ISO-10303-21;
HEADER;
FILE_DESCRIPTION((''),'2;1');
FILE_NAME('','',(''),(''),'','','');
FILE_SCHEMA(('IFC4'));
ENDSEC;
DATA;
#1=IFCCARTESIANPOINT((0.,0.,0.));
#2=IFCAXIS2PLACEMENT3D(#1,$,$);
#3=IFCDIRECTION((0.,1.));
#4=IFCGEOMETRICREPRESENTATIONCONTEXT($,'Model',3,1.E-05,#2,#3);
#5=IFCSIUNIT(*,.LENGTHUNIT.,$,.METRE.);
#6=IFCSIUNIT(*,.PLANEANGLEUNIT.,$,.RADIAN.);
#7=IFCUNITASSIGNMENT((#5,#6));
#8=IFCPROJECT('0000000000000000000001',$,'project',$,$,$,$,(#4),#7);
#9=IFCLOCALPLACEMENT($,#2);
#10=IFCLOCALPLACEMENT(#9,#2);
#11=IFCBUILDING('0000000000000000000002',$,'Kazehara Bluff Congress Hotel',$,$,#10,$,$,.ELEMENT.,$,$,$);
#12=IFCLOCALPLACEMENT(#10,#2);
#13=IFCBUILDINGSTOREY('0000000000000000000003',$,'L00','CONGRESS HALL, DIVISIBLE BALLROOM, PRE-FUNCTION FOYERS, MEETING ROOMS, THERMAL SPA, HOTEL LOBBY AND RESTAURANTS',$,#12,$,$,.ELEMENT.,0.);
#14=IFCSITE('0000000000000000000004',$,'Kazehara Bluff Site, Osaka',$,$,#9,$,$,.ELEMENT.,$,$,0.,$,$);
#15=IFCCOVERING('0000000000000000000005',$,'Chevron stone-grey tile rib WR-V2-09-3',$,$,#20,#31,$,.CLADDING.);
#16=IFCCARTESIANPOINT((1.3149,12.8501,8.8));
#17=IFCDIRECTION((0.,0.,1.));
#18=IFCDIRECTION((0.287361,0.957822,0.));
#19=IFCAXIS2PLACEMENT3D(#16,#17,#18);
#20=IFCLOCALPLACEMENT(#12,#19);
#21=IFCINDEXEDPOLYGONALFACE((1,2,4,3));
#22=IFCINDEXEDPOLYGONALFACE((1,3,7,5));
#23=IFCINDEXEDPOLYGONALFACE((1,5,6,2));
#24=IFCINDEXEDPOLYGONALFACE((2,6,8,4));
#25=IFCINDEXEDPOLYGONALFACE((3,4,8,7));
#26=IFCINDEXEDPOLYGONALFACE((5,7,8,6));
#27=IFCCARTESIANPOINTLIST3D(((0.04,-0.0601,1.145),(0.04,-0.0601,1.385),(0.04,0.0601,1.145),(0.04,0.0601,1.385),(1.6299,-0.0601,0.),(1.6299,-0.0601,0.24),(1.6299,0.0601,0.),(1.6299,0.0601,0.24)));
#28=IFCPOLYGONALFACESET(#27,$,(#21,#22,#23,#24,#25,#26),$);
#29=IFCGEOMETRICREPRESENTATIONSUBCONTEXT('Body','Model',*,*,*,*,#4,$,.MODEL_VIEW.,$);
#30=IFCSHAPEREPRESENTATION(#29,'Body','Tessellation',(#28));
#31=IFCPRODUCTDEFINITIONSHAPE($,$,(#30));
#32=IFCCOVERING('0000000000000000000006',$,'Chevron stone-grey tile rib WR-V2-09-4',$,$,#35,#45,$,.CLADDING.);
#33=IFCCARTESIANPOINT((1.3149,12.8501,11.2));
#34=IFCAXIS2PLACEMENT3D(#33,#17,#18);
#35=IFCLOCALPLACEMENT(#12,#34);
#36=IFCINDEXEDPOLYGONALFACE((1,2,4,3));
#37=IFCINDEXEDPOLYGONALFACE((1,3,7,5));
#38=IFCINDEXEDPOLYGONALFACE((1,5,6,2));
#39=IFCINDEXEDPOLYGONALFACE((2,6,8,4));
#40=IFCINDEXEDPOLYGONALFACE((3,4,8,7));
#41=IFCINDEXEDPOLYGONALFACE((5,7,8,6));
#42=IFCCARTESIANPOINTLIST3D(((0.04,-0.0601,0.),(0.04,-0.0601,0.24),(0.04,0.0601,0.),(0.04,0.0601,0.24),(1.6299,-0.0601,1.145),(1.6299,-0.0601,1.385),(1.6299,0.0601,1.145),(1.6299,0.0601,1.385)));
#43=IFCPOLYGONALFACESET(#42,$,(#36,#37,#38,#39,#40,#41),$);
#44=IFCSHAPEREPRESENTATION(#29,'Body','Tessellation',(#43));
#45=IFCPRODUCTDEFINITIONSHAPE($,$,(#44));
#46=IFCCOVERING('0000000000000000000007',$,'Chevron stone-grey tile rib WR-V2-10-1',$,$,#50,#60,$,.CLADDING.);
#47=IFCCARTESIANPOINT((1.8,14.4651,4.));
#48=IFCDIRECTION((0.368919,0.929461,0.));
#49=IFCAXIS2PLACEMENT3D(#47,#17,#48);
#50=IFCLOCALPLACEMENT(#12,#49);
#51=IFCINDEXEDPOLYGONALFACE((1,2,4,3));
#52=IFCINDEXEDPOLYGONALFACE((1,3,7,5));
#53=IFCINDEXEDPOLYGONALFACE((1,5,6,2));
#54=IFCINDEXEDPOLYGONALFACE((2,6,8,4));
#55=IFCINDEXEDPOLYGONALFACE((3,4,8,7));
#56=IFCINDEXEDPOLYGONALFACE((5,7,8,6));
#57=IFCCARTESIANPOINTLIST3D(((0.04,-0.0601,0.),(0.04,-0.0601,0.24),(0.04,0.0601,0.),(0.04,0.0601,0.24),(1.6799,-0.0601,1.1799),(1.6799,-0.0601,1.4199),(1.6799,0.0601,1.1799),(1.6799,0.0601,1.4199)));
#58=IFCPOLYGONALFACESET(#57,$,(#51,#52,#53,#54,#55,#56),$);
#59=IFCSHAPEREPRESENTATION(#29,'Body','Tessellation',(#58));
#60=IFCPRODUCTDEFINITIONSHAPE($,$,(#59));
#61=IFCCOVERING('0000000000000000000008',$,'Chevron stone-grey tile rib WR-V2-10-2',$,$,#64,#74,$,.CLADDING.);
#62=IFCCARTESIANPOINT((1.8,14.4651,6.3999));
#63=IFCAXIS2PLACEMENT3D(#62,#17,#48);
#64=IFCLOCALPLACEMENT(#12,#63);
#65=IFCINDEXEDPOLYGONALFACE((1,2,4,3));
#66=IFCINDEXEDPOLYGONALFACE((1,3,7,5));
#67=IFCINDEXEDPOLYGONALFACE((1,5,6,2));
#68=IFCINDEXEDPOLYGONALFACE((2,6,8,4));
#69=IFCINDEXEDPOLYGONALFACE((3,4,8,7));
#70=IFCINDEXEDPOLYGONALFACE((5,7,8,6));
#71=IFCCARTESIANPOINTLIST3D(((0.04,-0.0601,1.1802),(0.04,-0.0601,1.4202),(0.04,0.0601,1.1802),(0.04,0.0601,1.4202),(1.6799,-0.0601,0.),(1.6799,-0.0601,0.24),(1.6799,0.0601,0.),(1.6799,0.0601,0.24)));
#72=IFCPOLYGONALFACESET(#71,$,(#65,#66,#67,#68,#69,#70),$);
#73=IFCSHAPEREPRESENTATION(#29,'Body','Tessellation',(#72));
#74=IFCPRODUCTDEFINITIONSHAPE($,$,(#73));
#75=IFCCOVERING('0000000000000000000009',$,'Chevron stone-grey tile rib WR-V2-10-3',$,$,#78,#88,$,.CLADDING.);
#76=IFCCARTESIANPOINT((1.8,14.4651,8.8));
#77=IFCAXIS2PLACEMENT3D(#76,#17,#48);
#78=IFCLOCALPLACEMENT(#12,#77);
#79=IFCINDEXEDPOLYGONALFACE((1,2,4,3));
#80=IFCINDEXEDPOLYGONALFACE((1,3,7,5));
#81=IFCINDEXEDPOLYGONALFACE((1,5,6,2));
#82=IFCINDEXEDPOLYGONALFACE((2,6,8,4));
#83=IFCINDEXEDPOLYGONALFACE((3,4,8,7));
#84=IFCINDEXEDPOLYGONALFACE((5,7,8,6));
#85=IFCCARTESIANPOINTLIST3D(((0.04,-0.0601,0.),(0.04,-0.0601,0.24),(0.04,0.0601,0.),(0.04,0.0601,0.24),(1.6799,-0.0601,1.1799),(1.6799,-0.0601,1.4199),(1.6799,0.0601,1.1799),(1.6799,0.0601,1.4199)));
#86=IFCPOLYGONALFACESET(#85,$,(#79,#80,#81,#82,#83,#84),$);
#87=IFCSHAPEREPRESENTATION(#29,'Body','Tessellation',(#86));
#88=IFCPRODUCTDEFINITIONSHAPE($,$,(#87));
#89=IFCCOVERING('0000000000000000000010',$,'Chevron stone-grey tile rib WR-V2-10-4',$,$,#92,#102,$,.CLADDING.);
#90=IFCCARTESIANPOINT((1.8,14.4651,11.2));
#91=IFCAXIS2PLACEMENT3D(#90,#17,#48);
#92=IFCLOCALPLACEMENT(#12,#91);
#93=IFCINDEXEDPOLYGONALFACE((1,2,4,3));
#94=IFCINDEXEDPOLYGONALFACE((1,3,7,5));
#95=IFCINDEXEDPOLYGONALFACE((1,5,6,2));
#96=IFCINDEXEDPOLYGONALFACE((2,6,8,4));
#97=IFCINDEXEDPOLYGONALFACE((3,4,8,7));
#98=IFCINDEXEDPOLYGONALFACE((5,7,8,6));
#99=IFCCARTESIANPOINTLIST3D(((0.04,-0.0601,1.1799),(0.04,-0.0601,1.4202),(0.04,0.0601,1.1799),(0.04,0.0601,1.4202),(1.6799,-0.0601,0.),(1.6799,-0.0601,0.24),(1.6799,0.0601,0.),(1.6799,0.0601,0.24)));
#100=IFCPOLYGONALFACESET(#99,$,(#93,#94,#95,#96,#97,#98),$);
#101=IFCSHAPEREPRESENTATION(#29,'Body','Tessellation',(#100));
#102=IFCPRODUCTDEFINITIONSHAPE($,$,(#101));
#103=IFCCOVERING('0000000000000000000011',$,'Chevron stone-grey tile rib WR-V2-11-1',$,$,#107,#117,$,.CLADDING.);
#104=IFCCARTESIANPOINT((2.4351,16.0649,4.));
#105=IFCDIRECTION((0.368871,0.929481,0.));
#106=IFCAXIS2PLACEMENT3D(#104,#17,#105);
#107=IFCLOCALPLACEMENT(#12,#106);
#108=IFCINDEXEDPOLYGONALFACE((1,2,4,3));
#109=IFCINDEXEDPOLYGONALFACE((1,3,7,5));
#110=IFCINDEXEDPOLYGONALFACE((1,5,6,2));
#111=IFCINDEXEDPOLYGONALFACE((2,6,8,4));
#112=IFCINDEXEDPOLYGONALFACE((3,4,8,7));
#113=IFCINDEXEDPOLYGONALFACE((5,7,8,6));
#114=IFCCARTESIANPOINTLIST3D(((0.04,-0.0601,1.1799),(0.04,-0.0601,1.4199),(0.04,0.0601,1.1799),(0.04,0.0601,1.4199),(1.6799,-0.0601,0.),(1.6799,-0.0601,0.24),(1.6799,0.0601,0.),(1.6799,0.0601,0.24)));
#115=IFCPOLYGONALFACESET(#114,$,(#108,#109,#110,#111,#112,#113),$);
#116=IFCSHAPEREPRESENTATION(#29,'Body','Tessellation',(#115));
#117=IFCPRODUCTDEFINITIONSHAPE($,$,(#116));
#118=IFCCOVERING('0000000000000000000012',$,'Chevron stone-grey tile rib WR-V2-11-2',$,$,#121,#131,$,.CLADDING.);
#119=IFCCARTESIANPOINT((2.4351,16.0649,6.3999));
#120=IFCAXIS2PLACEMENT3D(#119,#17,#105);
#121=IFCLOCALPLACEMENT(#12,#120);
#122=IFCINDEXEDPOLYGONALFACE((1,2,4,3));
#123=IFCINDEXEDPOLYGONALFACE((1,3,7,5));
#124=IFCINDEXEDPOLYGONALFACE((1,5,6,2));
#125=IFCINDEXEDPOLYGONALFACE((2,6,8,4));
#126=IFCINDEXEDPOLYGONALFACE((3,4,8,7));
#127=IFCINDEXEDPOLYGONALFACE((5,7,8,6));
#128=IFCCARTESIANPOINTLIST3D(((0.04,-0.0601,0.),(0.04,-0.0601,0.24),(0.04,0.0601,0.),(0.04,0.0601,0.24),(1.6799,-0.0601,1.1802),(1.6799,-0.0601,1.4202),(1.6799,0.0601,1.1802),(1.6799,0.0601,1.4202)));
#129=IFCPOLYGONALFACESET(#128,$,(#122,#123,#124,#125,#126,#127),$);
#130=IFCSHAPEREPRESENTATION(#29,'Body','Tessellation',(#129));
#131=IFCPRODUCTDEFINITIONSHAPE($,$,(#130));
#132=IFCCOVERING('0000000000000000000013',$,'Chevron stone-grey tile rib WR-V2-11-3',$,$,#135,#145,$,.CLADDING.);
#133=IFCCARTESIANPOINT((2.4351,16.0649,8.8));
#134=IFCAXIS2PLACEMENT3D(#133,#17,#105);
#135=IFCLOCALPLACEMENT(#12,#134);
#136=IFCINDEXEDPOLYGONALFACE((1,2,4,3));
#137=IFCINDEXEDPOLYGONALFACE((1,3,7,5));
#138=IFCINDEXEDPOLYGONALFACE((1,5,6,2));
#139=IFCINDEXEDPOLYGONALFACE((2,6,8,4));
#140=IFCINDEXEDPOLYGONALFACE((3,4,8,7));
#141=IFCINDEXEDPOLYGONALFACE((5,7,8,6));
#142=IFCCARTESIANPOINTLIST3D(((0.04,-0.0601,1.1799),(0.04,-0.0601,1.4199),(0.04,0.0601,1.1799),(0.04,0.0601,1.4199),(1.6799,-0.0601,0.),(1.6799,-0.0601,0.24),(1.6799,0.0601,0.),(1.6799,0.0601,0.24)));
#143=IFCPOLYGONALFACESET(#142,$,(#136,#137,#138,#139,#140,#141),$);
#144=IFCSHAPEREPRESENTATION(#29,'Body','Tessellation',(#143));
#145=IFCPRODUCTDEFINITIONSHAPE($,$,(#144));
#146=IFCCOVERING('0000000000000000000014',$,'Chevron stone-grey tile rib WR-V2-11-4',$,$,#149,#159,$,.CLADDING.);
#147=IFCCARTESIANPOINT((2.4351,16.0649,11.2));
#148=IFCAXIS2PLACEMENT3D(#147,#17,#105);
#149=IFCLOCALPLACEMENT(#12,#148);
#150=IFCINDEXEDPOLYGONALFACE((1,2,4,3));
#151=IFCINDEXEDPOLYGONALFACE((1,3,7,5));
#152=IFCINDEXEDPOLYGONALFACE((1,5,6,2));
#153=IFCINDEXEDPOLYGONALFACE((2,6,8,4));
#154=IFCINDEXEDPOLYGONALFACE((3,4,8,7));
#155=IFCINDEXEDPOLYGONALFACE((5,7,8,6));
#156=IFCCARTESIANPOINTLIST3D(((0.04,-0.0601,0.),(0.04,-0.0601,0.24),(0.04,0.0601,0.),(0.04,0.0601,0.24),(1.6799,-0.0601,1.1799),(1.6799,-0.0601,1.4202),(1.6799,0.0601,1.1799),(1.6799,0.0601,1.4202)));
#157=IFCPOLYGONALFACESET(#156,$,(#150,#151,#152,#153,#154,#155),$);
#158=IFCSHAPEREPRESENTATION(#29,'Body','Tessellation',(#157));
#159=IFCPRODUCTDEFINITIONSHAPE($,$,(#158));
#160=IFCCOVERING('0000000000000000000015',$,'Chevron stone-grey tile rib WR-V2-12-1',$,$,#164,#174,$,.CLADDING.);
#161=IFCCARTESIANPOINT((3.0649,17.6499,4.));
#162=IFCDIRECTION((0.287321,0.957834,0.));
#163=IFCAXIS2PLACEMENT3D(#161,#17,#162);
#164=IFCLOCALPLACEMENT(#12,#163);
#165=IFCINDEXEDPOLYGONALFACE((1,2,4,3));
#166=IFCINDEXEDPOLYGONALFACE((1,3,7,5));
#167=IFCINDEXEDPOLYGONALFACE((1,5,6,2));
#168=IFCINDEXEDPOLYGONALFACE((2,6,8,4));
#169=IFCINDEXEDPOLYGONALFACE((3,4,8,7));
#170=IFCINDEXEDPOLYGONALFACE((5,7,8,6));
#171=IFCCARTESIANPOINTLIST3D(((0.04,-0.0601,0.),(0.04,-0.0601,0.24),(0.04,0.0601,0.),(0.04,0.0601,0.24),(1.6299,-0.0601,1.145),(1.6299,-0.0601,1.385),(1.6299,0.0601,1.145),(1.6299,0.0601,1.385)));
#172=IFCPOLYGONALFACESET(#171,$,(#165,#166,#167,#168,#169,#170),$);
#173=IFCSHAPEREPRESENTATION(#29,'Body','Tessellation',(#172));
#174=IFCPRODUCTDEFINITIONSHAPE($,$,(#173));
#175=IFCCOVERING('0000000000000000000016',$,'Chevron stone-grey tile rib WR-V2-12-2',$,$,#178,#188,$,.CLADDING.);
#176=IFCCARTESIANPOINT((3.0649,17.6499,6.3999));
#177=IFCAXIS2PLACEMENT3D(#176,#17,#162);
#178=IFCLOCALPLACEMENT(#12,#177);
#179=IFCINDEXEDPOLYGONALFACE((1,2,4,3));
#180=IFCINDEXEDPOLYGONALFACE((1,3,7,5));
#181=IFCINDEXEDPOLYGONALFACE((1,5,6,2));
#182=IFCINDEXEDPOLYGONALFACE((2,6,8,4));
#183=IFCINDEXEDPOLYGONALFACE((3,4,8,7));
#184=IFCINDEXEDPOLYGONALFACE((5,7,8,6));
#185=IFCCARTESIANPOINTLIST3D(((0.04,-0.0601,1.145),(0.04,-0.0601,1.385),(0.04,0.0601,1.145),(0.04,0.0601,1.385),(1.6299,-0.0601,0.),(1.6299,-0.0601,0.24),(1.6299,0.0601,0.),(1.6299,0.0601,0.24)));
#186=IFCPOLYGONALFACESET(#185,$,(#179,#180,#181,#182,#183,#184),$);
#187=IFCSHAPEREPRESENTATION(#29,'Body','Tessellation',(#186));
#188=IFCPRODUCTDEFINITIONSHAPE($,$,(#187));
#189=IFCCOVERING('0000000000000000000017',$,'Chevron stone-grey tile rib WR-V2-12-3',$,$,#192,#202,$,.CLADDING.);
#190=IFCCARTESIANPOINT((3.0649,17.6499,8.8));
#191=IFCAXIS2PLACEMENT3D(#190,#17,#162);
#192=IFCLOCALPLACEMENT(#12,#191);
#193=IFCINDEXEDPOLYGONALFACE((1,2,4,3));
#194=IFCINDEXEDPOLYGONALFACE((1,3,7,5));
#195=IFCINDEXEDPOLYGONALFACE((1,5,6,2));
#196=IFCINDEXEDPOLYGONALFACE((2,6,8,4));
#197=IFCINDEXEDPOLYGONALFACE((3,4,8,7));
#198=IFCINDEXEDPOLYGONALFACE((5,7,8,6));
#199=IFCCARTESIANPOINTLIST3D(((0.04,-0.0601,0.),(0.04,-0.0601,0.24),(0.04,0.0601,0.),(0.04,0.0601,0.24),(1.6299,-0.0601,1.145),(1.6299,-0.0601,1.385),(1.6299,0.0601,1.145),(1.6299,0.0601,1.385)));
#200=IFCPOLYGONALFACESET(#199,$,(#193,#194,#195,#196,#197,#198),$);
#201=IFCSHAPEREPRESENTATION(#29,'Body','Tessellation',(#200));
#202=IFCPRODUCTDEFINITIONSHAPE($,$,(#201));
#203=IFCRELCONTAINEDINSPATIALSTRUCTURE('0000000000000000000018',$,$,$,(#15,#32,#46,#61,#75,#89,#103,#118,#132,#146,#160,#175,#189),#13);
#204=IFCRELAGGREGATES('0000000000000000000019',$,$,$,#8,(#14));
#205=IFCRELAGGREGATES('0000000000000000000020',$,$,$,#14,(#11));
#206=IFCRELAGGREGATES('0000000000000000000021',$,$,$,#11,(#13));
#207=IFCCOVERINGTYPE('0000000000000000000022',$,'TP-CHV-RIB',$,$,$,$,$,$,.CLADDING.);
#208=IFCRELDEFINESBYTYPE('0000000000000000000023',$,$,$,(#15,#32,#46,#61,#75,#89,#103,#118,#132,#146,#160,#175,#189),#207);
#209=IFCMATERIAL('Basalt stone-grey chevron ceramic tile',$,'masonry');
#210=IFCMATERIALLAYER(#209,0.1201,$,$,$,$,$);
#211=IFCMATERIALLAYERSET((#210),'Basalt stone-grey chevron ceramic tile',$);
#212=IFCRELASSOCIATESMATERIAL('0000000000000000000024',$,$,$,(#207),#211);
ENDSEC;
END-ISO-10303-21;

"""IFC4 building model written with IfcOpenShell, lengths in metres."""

from ifc_helpers import new_model, si_unit, direction, frame, origin, place, context, subcontext, project, spatial, polyline, outline, extrude, material, layer, layer_set, type_object, element, save


model = new_model("IFC4")

# Units and contexts
model_context = context("Model", 3, precision=1e-05, world=origin(), true_north=direction((0.0, 1.0)))
body_context = subcontext(model_context, "Body", "Model", "MODEL_VIEW")
ifc_project = project(units=[si_unit("LENGTHUNIT", "METRE"), si_unit("PLANEANGLEUNIT", "RADIAN")], contexts=[model_context])

# Site, building, storey
site_placement = place(None, origin())
site = spatial("IfcSite", under=ifc_project, at=site_placement, Name="Kazehara Bluff Site, Osaka", CompositionType="ELEMENT", RefElevation=0.0)
building_placement = place(site_placement, origin())
building = spatial("IfcBuilding", under=site, at=building_placement, Name="Kazehara Bluff Congress Hotel", CompositionType="ELEMENT")
storey_placement = place(building_placement, origin())
storey = spatial("IfcBuildingStorey", under=building, at=storey_placement, Name="L00", Description="CONGRESS HALL, DIVISIBLE BALLROOM, PRE-FUNCTION FOYERS, MEETING ROOMS, THERMAL SPA, HOTEL LOBBY AND RESTAURANTS", CompositionType="ELEMENT", Elevation=0.0)

# Coverings
ifc_material_1 = material(Name="Basalt stone-grey chevron ceramic tile", Category="masonry")
ifc_layer_1 = layer(ifc_material_1, 0.1201)
ifc_layer_set_1 = layer_set([ifc_layer_1], Name="Basalt stone-grey chevron ceramic tile")
covering_type_1 = type_object("IfcCoveringType", Name="TP-CHV-RIB", PredefinedType="CLADDING", material=ifc_layer_set_1)
covering_1_placement = place(storey_placement, frame((1.3149, 12.8501, 8.8), z_axis=(0.0, 0.0, 1.0), x_axis=(0.287361, 0.957822, 0.0)))
element("IfcCovering", 1, at=covering_1_placement, inside=storey, type_object=covering_type_1, Name="Chevron stone-grey tile rib WR-V2-09-3", PredefinedType="CLADDING", context=body_context, shape_type="SweptSolid", body=[
    extrude(outline(polyline([(0.04, 1.145), (1.6299, 0.0), (1.6299, 0.24), (0.04, 1.385), (0.04, 1.145)])), frame((0.0, 0.0601, 0.0), z_axis=(0.0, -1.0, 0.0), x_axis=(1.0, 0.0, 0.0)), (0.0, 0.0, 1.0), 0.1201),
])
covering_2_placement = place(storey_placement, frame((1.3149, 12.8501, 11.2), z_axis=(0.0, 0.0, 1.0), x_axis=(0.287361, 0.957822, 0.0)))
element("IfcCovering", 2, at=covering_2_placement, inside=storey, type_object=covering_type_1, Name="Chevron stone-grey tile rib WR-V2-09-4", PredefinedType="CLADDING", context=body_context, shape_type="SweptSolid", body=[
    extrude(outline(polyline([(0.04, 0.0), (1.6299, 1.145), (1.6299, 1.385), (0.04, 0.24), (0.04, 0.0)])), frame((0.0, 0.0601, 0.0), z_axis=(0.0, -1.0, 0.0), x_axis=(1.0, 0.0, 0.0)), (0.0, 0.0, 1.0), 0.1201),
])
covering_3_placement = place(storey_placement, frame((1.8, 14.4651, 4.0), z_axis=(0.0, 0.0, 1.0), x_axis=(0.368919, 0.929461, 0.0)))
element("IfcCovering", 3, at=covering_3_placement, inside=storey, type_object=covering_type_1, Name="Chevron stone-grey tile rib WR-V2-10-1", PredefinedType="CLADDING", context=body_context, shape_type="SweptSolid", body=[
    extrude(outline(polyline([(0.04, 0.0), (1.6799, 1.1799), (1.6799, 1.4199), (0.04, 0.24), (0.04, 0.0)])), frame((0.0, 0.0601, 0.0), z_axis=(0.0, -1.0, 0.0), x_axis=(1.0, 0.0, 0.0)), (0.0, 0.0, 1.0), 0.1201),
])
covering_4_placement = place(storey_placement, frame((1.8, 14.4651, 6.3999), z_axis=(0.0, 0.0, 1.0), x_axis=(0.368919, 0.929461, 0.0)))
element("IfcCovering", 4, at=covering_4_placement, inside=storey, type_object=covering_type_1, Name="Chevron stone-grey tile rib WR-V2-10-2", PredefinedType="CLADDING", context=body_context, shape_type="SweptSolid", body=[
    extrude(outline(polyline([(0.04, 1.1802), (1.6799, 0.0), (1.6799, 0.24), (0.04, 1.4202), (0.04, 1.1802)])), frame((0.0, 0.0601, 0.0), z_axis=(0.0, -1.0, 0.0), x_axis=(1.0, 0.0, 0.0)), (0.0, 0.0, 1.0), 0.1201),
])
covering_5_placement = place(storey_placement, frame((1.8, 14.4651, 8.8), z_axis=(0.0, 0.0, 1.0), x_axis=(0.368919, 0.929461, 0.0)))
element("IfcCovering", 5, at=covering_5_placement, inside=storey, type_object=covering_type_1, Name="Chevron stone-grey tile rib WR-V2-10-3", PredefinedType="CLADDING", context=body_context, shape_type="SweptSolid", body=[
    extrude(outline(polyline([(0.04, 0.0), (1.6799, 1.1799), (1.6799, 1.4199), (0.04, 0.24), (0.04, 0.0)])), frame((0.0, 0.0601, 0.0), z_axis=(0.0, -1.0, 0.0), x_axis=(1.0, 0.0, 0.0)), (0.0, 0.0, 1.0), 0.1201),
])
covering_6_placement = place(storey_placement, frame((1.8, 14.4651, 11.2), z_axis=(0.0, 0.0, 1.0), x_axis=(0.368919, 0.929461, 0.0)))
element("IfcCovering", 6, at=covering_6_placement, inside=storey, type_object=covering_type_1, Name="Chevron stone-grey tile rib WR-V2-10-4", PredefinedType="CLADDING", context=body_context, shape_type="SweptSolid", body=[
    extrude(outline(polyline([(0.04, 1.1799), (1.6799, 0.0), (1.6799, 0.24), (0.04, 1.4202), (0.04, 1.1799)])), frame((0.0, 0.0601, 0.0), z_axis=(0.0, -1.0, 0.0), x_axis=(1.0, 0.0, 0.0)), (0.0, 0.0, 1.0), 0.1201),
])
covering_7_placement = place(storey_placement, frame((2.4351, 16.0649, 4.0), z_axis=(0.0, 0.0, 1.0), x_axis=(0.368871, 0.929481, 0.0)))
element("IfcCovering", 7, at=covering_7_placement, inside=storey, type_object=covering_type_1, Name="Chevron stone-grey tile rib WR-V2-11-1", PredefinedType="CLADDING", context=body_context, shape_type="SweptSolid", body=[
    extrude(outline(polyline([(0.04, 1.1799), (1.6799, 0.0), (1.6799, 0.24), (0.04, 1.4199), (0.04, 1.1799)])), frame((0.0, 0.0601, 0.0), z_axis=(0.0, -1.0, 0.0), x_axis=(1.0, 0.0, 0.0)), (0.0, 0.0, 1.0), 0.1201),
])
covering_8_placement = place(storey_placement, frame((2.4351, 16.0649, 6.3999), z_axis=(0.0, 0.0, 1.0), x_axis=(0.368871, 0.929481, 0.0)))
element("IfcCovering", 8, at=covering_8_placement, inside=storey, type_object=covering_type_1, Name="Chevron stone-grey tile rib WR-V2-11-2", PredefinedType="CLADDING", context=body_context, shape_type="SweptSolid", body=[
    extrude(outline(polyline([(0.04, 0.0), (1.6799, 1.1802), (1.6799, 1.4202), (0.04, 0.24), (0.04, 0.0)])), frame((0.0, 0.0601, 0.0), z_axis=(0.0, -1.0, 0.0), x_axis=(1.0, 0.0, 0.0)), (0.0, 0.0, 1.0), 0.1201),
])
covering_9_placement = place(storey_placement, frame((2.4351, 16.0649, 8.8), z_axis=(0.0, 0.0, 1.0), x_axis=(0.368871, 0.929481, 0.0)))
element("IfcCovering", 9, at=covering_9_placement, inside=storey, type_object=covering_type_1, Name="Chevron stone-grey tile rib WR-V2-11-3", PredefinedType="CLADDING", context=body_context, shape_type="SweptSolid", body=[
    extrude(outline(polyline([(0.04, 1.1799), (1.6799, 0.0), (1.6799, 0.24), (0.04, 1.4199), (0.04, 1.1799)])), frame((0.0, 0.0601, 0.0), z_axis=(0.0, -1.0, 0.0), x_axis=(1.0, 0.0, 0.0)), (0.0, 0.0, 1.0), 0.1201),
])
covering_10_placement = place(storey_placement, frame((2.4351, 16.0649, 11.2), z_axis=(0.0, 0.0, 1.0), x_axis=(0.368871, 0.929481, 0.0)))
element("IfcCovering", 10, at=covering_10_placement, inside=storey, type_object=covering_type_1, Name="Chevron stone-grey tile rib WR-V2-11-4", PredefinedType="CLADDING", context=body_context, shape_type="SweptSolid", body=[
    extrude(outline(polyline([(0.04, 0.0), (1.6799, 1.1799), (1.6799, 1.4202), (0.04, 0.24), (0.04, 0.0)])), frame((0.0, 0.0601, 0.0), z_axis=(0.0, -1.0, 0.0), x_axis=(1.0, 0.0, 0.0)), (0.0, 0.0, 1.0), 0.1201),
])
covering_11_placement = place(storey_placement, frame((3.0649, 17.6499, 4.0), z_axis=(0.0, 0.0, 1.0), x_axis=(0.287321, 0.957834, 0.0)))
element("IfcCovering", 11, at=covering_11_placement, inside=storey, type_object=covering_type_1, Name="Chevron stone-grey tile rib WR-V2-12-1", PredefinedType="CLADDING", context=body_context, shape_type="SweptSolid", body=[
    extrude(outline(polyline([(0.04, 0.0), (1.6299, 1.145), (1.6299, 1.385), (0.04, 0.24), (0.04, 0.0)])), frame((0.0, 0.0601, 0.0), z_axis=(0.0, -1.0, 0.0), x_axis=(1.0, 0.0, 0.0)), (0.0, 0.0, 1.0), 0.1201),
])
covering_12_placement = place(storey_placement, frame((3.0649, 17.6499, 6.3999), z_axis=(0.0, 0.0, 1.0), x_axis=(0.287321, 0.957834, 0.0)))
element("IfcCovering", 12, at=covering_12_placement, inside=storey, type_object=covering_type_1, Name="Chevron stone-grey tile rib WR-V2-12-2", PredefinedType="CLADDING", context=body_context, shape_type="SweptSolid", body=[
    extrude(outline(polyline([(0.04, 1.145), (1.6299, 0.0), (1.6299, 0.24), (0.04, 1.385), (0.04, 1.145)])), frame((0.0, 0.0601, 0.0), z_axis=(0.0, -1.0, 0.0), x_axis=(1.0, 0.0, 0.0)), (0.0, 0.0, 1.0), 0.1201),
])
covering_13_placement = place(storey_placement, frame((3.0649, 17.6499, 8.8), z_axis=(0.0, 0.0, 1.0), x_axis=(0.287321, 0.957834, 0.0)))
element("IfcCovering", 13, at=covering_13_placement, inside=storey, type_object=covering_type_1, Name="Chevron stone-grey tile rib WR-V2-12-3", PredefinedType="CLADDING", context=body_context, shape_type="SweptSolid", body=[
    extrude(outline(polyline([(0.04, 0.0), (1.6299, 1.145), (1.6299, 1.385), (0.04, 0.24), (0.04, 0.0)])), frame((0.0, 0.0601, 0.0), z_axis=(0.0, -1.0, 0.0), x_axis=(1.0, 0.0, 0.0)), (0.0, 0.0, 1.0), 0.1201),
])

save(model, "model.ifc")
